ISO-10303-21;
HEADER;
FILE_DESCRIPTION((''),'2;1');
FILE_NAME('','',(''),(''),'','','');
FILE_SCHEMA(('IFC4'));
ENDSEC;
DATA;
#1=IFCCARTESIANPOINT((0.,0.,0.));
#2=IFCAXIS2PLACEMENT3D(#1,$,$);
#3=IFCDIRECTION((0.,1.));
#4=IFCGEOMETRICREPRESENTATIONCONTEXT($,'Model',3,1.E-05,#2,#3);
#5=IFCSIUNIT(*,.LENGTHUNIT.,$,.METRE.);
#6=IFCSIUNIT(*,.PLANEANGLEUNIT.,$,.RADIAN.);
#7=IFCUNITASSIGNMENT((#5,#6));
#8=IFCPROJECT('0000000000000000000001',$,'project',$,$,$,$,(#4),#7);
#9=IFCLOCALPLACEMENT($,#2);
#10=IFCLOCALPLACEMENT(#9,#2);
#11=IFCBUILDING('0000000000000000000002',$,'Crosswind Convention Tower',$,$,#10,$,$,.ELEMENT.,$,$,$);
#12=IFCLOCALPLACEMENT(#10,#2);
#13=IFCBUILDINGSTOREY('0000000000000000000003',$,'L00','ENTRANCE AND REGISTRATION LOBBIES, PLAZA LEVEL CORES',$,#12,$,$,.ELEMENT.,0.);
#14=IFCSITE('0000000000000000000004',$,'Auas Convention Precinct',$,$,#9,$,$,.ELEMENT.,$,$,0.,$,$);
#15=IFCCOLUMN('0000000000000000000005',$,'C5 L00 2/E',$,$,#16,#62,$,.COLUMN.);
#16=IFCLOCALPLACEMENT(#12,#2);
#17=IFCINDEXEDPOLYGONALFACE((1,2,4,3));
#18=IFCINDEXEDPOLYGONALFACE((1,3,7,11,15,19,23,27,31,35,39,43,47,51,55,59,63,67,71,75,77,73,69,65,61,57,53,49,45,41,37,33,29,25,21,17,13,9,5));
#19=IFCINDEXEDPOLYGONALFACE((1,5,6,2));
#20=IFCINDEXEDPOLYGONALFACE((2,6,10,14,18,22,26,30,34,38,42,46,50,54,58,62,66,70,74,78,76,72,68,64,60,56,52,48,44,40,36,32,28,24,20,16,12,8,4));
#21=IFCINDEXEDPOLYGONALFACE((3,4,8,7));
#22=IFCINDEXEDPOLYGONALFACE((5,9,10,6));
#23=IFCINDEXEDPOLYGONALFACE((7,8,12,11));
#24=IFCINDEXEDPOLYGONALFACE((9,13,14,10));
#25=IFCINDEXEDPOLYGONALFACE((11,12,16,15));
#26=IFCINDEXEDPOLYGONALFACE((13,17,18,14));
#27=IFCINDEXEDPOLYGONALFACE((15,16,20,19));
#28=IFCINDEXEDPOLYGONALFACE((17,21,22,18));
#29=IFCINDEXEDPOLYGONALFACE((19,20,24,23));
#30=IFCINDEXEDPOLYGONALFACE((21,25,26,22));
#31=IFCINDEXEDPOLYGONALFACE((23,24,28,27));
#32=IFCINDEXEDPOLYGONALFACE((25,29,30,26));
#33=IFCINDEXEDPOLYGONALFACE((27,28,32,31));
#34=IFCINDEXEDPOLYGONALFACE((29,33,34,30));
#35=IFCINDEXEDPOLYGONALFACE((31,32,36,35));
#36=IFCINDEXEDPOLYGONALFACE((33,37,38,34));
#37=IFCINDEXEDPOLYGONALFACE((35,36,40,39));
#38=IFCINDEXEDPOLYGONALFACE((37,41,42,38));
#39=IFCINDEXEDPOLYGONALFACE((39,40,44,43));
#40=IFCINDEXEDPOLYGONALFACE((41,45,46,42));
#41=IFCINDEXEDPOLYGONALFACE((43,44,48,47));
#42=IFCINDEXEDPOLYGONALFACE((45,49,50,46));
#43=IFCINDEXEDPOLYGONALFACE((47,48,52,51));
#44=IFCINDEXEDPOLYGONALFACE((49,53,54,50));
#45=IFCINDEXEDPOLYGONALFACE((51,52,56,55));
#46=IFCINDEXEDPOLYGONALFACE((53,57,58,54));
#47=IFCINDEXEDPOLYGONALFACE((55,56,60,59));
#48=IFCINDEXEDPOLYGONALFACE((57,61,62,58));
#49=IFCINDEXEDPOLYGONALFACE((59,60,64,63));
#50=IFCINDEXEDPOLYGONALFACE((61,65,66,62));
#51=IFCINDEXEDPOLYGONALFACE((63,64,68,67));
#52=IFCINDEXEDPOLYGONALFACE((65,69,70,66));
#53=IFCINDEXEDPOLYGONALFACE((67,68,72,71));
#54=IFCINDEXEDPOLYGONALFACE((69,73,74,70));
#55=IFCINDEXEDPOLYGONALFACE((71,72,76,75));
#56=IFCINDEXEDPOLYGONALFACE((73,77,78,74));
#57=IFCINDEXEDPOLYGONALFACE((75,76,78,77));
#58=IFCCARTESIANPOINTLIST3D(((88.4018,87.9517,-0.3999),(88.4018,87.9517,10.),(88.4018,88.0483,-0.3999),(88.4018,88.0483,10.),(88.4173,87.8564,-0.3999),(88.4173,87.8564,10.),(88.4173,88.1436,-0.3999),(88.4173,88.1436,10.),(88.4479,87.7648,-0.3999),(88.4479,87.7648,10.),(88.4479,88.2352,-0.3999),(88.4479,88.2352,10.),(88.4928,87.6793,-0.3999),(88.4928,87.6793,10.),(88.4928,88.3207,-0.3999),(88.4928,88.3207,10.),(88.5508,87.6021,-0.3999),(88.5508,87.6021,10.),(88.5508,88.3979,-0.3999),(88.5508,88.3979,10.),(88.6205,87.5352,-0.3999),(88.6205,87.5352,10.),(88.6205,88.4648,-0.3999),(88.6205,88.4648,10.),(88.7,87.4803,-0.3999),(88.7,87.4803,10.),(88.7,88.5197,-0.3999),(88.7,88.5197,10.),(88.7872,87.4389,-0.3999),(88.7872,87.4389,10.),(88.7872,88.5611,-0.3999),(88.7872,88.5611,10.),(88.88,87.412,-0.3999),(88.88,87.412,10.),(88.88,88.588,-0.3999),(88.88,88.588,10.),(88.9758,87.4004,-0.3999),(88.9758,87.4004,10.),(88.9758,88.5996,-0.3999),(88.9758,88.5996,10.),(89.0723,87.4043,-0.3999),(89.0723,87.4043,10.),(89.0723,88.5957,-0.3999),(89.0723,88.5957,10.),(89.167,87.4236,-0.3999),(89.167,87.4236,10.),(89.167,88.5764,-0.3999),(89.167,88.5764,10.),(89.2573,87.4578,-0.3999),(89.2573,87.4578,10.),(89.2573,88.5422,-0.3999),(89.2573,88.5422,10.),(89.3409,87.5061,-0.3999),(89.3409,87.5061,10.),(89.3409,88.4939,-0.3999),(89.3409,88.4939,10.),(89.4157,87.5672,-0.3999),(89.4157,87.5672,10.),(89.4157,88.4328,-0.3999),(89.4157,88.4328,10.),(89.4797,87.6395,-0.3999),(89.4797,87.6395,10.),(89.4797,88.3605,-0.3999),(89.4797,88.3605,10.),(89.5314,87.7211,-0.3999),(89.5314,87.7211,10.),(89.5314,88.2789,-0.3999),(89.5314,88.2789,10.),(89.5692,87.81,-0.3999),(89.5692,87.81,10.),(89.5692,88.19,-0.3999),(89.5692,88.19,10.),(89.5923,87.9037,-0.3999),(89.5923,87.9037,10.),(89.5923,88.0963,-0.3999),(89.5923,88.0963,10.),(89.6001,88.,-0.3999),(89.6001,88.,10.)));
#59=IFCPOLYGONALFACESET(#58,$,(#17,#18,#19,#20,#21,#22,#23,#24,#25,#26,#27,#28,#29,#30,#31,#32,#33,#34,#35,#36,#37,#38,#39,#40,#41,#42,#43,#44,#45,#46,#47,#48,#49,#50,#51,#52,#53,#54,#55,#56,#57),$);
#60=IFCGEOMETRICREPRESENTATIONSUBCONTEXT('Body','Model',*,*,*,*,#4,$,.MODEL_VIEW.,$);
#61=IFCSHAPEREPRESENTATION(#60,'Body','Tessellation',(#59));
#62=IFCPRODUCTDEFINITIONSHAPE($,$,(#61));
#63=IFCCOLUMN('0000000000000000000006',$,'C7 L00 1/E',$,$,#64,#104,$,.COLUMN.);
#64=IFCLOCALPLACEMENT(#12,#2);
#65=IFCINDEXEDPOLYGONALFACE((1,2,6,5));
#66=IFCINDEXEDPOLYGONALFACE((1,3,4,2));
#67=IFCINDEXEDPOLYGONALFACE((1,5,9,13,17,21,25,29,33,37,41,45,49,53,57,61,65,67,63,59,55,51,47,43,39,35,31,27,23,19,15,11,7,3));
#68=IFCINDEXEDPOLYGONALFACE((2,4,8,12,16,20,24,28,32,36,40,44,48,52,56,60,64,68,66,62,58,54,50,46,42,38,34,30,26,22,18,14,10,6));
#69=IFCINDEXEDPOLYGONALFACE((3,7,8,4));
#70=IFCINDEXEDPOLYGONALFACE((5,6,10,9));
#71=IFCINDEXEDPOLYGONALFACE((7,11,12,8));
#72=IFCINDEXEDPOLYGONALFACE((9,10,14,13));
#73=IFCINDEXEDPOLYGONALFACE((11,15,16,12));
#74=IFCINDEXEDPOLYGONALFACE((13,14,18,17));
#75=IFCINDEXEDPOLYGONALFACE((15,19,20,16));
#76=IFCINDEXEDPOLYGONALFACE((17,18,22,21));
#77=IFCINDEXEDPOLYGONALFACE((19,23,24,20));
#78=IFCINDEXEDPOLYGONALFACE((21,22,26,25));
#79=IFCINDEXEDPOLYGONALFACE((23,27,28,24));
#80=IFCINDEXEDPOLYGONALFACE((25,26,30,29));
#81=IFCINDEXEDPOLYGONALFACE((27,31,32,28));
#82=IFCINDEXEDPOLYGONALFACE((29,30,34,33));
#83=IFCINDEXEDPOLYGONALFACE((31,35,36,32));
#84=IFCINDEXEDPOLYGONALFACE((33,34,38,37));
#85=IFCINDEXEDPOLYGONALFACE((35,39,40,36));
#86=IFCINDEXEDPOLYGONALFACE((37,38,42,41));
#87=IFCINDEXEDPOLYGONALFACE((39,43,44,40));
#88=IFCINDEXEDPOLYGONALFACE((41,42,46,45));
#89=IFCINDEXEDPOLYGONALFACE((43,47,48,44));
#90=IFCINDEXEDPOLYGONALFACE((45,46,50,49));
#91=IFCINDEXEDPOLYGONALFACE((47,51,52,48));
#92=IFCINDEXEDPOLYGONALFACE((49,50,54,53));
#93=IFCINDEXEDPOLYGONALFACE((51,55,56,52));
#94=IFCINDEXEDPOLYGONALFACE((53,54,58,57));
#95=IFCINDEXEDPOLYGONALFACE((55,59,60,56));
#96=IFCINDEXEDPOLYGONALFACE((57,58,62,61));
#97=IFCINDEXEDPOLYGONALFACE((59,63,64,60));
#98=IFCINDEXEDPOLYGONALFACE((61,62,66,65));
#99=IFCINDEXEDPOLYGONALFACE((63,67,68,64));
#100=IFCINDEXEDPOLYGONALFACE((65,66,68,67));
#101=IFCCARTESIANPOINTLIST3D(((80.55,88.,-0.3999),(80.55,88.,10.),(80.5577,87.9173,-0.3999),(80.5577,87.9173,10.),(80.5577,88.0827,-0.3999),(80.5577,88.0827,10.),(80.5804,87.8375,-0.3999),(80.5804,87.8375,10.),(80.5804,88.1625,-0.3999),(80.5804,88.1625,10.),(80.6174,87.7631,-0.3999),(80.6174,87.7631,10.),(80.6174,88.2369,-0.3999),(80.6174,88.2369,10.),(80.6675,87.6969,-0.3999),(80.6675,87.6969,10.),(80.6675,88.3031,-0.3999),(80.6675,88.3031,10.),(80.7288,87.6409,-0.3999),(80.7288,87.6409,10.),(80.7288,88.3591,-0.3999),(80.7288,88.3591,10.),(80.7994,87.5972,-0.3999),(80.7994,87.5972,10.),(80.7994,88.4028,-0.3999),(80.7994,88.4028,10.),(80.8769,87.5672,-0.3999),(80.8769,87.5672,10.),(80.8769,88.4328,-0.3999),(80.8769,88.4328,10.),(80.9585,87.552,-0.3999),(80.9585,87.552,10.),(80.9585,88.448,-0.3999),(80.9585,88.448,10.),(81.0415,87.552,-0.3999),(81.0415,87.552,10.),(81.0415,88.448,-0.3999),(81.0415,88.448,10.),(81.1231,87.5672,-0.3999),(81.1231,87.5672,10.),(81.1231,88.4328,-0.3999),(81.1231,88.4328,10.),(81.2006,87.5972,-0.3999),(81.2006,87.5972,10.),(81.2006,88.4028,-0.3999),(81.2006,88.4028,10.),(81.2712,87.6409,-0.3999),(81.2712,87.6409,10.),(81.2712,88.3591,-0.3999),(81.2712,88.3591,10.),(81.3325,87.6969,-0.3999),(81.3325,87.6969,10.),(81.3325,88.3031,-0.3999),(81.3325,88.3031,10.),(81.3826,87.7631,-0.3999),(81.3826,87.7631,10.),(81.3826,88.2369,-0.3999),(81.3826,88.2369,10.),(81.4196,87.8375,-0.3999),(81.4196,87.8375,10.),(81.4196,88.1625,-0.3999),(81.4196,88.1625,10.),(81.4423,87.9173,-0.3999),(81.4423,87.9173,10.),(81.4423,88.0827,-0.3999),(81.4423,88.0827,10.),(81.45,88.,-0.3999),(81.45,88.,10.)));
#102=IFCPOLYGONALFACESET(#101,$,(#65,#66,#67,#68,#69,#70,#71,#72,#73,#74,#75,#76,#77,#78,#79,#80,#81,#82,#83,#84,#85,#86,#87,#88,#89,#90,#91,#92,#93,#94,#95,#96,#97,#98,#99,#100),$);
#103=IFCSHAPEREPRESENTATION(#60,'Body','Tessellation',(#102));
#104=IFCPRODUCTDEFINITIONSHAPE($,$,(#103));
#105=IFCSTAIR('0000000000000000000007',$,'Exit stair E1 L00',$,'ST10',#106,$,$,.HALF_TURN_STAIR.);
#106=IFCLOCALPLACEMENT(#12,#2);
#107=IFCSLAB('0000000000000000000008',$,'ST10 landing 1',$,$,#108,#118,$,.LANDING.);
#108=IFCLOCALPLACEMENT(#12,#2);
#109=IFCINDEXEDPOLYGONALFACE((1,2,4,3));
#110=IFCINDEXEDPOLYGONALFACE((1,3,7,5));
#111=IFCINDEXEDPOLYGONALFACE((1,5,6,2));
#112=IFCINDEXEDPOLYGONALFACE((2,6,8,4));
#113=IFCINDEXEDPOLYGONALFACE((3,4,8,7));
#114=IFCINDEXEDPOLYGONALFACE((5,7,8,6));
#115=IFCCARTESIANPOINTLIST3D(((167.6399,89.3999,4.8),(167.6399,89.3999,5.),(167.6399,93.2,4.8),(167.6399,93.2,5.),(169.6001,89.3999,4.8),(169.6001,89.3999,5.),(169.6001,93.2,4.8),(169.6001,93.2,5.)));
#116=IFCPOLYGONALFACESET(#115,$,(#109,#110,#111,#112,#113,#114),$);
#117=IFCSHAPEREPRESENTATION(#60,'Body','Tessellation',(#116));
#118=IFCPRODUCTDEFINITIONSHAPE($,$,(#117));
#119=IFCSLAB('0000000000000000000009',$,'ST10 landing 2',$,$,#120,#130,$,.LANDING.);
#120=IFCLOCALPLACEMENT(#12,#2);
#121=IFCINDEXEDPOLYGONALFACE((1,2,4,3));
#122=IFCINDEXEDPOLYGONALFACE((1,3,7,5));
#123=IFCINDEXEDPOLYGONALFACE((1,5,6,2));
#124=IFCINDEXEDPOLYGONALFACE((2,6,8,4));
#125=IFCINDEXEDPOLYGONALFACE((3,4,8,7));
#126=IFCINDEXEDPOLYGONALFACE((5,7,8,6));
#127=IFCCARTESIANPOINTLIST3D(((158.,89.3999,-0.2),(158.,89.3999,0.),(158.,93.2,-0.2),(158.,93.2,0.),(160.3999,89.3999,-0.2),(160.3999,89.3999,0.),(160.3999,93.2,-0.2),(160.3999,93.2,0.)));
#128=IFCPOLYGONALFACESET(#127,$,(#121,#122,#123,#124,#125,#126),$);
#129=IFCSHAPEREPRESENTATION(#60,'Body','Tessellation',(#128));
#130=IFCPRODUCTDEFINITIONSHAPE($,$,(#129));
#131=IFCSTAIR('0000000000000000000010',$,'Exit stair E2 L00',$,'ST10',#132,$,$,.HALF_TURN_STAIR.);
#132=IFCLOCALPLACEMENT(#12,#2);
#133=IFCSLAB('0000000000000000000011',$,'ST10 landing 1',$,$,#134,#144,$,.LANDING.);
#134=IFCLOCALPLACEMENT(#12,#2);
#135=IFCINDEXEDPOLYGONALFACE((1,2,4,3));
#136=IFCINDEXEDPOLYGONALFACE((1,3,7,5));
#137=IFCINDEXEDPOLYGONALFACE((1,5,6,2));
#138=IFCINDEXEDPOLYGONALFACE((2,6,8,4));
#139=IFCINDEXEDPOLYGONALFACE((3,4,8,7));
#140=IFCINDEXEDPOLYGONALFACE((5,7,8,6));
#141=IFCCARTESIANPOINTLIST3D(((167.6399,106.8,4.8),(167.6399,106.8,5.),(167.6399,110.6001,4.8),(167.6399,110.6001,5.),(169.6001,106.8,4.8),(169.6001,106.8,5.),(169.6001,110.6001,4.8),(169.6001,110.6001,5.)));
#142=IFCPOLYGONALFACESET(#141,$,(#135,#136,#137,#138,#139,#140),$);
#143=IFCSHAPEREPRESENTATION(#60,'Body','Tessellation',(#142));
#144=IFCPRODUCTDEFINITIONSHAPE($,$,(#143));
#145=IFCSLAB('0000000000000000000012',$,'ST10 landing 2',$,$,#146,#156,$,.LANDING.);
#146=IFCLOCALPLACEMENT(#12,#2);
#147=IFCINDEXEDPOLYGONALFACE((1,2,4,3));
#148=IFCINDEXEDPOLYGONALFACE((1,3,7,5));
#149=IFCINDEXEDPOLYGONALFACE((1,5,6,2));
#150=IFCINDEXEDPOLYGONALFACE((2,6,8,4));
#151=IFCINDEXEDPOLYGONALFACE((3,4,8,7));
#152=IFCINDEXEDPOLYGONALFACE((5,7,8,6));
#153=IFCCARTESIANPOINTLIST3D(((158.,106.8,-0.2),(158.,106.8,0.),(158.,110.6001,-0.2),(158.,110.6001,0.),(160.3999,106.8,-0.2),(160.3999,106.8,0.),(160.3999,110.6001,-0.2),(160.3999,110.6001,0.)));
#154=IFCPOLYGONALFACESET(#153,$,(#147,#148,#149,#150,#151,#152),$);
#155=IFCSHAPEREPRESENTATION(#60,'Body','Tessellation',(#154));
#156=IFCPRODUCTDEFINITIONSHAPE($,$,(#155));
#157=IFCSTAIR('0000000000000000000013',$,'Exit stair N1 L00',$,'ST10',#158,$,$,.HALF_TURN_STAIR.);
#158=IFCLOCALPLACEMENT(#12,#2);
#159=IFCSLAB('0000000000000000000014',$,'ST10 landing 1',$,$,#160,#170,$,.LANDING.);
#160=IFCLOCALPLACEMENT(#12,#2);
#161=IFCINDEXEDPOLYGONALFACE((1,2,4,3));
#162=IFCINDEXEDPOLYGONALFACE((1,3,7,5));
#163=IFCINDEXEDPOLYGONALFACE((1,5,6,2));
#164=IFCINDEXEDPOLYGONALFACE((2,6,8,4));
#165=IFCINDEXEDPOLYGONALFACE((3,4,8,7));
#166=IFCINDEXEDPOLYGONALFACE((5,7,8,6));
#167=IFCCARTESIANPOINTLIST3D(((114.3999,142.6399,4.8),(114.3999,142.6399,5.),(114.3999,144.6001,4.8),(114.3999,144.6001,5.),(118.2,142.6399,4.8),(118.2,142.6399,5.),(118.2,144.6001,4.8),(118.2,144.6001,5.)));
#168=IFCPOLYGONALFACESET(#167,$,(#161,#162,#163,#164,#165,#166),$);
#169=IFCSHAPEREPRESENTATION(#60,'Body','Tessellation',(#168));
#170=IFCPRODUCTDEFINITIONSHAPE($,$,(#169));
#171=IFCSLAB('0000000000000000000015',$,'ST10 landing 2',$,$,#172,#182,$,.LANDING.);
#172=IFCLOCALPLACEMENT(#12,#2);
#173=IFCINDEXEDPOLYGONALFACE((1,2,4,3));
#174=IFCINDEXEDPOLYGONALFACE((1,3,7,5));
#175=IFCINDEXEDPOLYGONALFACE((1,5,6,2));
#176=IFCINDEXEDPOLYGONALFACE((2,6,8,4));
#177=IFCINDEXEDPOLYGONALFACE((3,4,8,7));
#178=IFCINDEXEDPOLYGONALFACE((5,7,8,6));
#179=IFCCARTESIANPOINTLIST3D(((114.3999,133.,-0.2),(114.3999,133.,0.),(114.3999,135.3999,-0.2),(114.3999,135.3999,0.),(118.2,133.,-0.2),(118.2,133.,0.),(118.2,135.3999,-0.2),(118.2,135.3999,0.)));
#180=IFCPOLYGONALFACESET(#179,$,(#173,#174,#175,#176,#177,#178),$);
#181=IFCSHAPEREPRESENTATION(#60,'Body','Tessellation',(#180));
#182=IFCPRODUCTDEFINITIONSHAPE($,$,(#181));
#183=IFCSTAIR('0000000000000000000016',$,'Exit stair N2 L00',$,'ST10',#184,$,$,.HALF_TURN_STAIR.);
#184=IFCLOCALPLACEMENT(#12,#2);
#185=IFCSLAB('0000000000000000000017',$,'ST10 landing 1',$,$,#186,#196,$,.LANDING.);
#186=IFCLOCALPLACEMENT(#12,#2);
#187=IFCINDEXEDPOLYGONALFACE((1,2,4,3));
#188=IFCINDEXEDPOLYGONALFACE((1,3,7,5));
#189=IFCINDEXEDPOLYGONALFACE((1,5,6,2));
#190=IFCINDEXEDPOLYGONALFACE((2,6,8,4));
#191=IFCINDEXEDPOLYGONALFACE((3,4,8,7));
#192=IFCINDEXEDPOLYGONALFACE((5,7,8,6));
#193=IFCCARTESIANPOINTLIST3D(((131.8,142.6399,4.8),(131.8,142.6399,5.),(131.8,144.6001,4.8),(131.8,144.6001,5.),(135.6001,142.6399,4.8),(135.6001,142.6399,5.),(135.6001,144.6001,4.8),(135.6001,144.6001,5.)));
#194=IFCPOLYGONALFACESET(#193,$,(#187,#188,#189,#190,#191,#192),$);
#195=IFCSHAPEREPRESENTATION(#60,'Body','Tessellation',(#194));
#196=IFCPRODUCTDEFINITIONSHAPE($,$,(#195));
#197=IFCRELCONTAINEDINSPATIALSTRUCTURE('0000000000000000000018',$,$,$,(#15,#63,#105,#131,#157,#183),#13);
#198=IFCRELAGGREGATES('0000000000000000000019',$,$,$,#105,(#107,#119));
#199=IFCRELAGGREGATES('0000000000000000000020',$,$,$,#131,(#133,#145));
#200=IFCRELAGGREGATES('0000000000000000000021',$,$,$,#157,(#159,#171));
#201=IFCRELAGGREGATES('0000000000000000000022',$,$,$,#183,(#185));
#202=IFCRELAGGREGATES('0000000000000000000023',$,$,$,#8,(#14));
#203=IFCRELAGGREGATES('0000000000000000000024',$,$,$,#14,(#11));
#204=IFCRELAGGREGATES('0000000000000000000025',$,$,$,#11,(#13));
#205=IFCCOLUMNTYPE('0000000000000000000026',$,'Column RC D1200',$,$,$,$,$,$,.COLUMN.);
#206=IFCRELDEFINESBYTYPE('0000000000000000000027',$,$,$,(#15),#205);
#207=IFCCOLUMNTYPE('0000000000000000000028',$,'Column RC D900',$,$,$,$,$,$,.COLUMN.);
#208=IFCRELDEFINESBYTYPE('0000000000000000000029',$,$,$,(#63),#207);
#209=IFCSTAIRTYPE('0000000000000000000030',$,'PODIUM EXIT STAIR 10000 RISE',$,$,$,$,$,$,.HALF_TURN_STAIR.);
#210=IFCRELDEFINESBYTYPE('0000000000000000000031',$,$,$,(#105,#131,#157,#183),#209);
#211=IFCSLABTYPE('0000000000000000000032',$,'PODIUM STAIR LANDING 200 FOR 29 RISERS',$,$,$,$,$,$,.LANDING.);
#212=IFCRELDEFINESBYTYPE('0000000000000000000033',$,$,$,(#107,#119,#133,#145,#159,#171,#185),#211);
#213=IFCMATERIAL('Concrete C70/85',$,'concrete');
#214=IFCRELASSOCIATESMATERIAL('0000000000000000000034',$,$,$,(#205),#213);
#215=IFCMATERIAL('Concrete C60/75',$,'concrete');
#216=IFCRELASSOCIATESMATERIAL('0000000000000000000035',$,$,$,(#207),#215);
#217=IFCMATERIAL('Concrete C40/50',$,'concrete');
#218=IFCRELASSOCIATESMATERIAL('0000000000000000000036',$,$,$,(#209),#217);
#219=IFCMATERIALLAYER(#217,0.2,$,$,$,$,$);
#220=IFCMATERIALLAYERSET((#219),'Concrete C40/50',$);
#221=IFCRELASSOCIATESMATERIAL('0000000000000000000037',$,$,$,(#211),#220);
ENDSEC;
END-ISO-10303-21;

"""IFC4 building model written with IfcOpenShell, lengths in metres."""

from ifc_helpers import new_model, si_unit, direction, frame, origin, origin_2d, place, context, subcontext, project, spatial, polyline, circle, outline, extrude, material, layer, layer_set, material_profile, profile_set, type_object, element, aggregate, save


model = new_model("IFC4")

# Units and contexts
model_context = context("Model", 3, precision=1e-05, world=origin(), true_north=direction((0.0, 1.0)))
body_context = subcontext(model_context, "Body", "Model", "MODEL_VIEW")
ifc_project = project(units=[si_unit("LENGTHUNIT", "METRE"), si_unit("PLANEANGLEUNIT", "RADIAN")], contexts=[model_context])

# Site, building, storey
site_placement = place(None, origin())
site = spatial("IfcSite", under=ifc_project, at=site_placement, Name="Auas Convention Precinct", CompositionType="ELEMENT", RefElevation=0.0)
building_placement = place(site_placement, origin())
building = spatial("IfcBuilding", under=site, at=building_placement, Name="Crosswind Convention Tower", CompositionType="ELEMENT")
storey_placement = place(building_placement, origin())
storey = spatial("IfcBuildingStorey", under=building, at=storey_placement, Name="L00", Description="ENTRANCE AND REGISTRATION LOBBIES, PLAZA LEVEL CORES", CompositionType="ELEMENT", Elevation=0.0)

# Shared definitions
ifc_material_1 = material(Name="Concrete C40/50", Category="concrete")

# Columns
ifc_material_2 = material(Name="Concrete C70/85", Category="concrete")
ifc_material_profile_1 = material_profile(ifc_material_2, circle(Radius=0.6001, at=origin_2d()), Name="RC D1200")
ifc_profile_set_1 = profile_set([ifc_material_profile_1], Name="Concrete C70/85")
column_type_1 = type_object("IfcColumnType", Name="Column RC D1200", PredefinedType="COLUMN", material=ifc_profile_set_1)
column_1_placement = place(storey_placement, frame((89.0, 88.0, -0.3999), z_axis=(0.0, 0.0, 1.0), x_axis=(1.0, 0.0, 0.0)))
element("IfcColumn", 1, at=column_1_placement, inside=storey, type_object=column_type_1, Name="C5 L00 2/E", PredefinedType="COLUMN", context=body_context, shape_type="SweptSolid", body=[
    extrude(circle(Radius=0.6001, at=origin_2d()), origin(), (0.0, 0.0, 1.0), 10.3999),
])
ifc_material_3 = material(Name="Concrete C60/75", Category="concrete")
ifc_material_profile_2 = material_profile(ifc_material_3, circle(Radius=0.45, at=origin_2d()), Name="RC D900")
ifc_profile_set_2 = profile_set([ifc_material_profile_2], Name="Concrete C60/75")
column_type_2 = type_object("IfcColumnType", Name="Column RC D900", PredefinedType="COLUMN", material=ifc_profile_set_2)
column_2_placement = place(storey_placement, frame((81.0, 88.0, -0.3999), z_axis=(0.0, 0.0, 1.0), x_axis=(1.0, 0.0, 0.0)))
element("IfcColumn", 2, at=column_2_placement, inside=storey, type_object=column_type_2, Name="C7 L00 1/E", PredefinedType="COLUMN", context=body_context, shape_type="SweptSolid", body=[
    extrude(circle(Radius=0.45, at=origin_2d()), origin(), (0.0, 0.0, 1.0), 10.3999),
])

# Stairs, slabs
stair_type = type_object("IfcStairType", Name="PODIUM EXIT STAIR 10000 RISE", PredefinedType="HALF_TURN_STAIR", material=ifc_material_1)
stair_1_placement = place(storey_placement, origin())
stair_1 = element("IfcStair", 3, at=stair_1_placement, inside=storey, type_object=stair_type, Name="Exit stair E1 L00", ObjectType="ST10", PredefinedType="HALF_TURN_STAIR")
ifc_layer_1 = layer(ifc_material_1, 0.2)
ifc_layer_set_1 = layer_set([ifc_layer_1], Name="Concrete C40/50")
slab_type = type_object("IfcSlabType", Name="PODIUM STAIR LANDING 200 FOR 29 RISERS", PredefinedType="LANDING", material=ifc_layer_set_1)
slab_1_placement = place(storey_placement, frame((0.0, 0.0, 4.8)))
slab_1 = element("IfcSlab", 4, at=slab_1_placement, type_object=slab_type, Name="ST10 landing 1", PredefinedType="LANDING", context=body_context, shape_type="SweptSolid", body=[
    extrude(outline(polyline([(167.6399, 89.3999), (169.6001, 89.3999), (169.6001, 93.2), (167.6399, 93.2), (167.6399, 89.3999)])), origin(), (0.0, 0.0, 1.0), 0.2),
])
slab_2_placement = place(storey_placement, frame((0.0, 0.0, -0.2)))
slab_2 = element("IfcSlab", 5, at=slab_2_placement, type_object=slab_type, Name="ST10 landing 2", PredefinedType="LANDING", context=body_context, shape_type="SweptSolid", body=[
    extrude(outline(polyline([(158.0, 89.3999), (160.3999, 89.3999), (160.3999, 93.2), (158.0, 93.2), (158.0, 89.3999)])), origin(), (0.0, 0.0, 1.0), 0.2),
])
aggregate(stair_1, [slab_1, slab_2])
stair_2_placement = place(storey_placement, origin())
stair_2 = element("IfcStair", 6, at=stair_2_placement, inside=storey, type_object=stair_type, Name="Exit stair E2 L00", ObjectType="ST10", PredefinedType="HALF_TURN_STAIR")
slab_3_placement = place(storey_placement, frame((0.0, 0.0, 4.8)))
slab_3 = element("IfcSlab", 7, at=slab_3_placement, type_object=slab_type, Name="ST10 landing 1", PredefinedType="LANDING", context=body_context, shape_type="SweptSolid", body=[
    extrude(outline(polyline([(167.6399, 106.8), (169.6001, 106.8), (169.6001, 110.6001), (167.6399, 110.6001), (167.6399, 106.8)])), origin(), (0.0, 0.0, 1.0), 0.2),
])
slab_4_placement = place(storey_placement, frame((0.0, 0.0, -0.2)))
slab_4 = element("IfcSlab", 8, at=slab_4_placement, type_object=slab_type, Name="ST10 landing 2", PredefinedType="LANDING", context=body_context, shape_type="SweptSolid", body=[
    extrude(outline(polyline([(158.0, 106.8), (160.3999, 106.8), (160.3999, 110.6001), (158.0, 110.6001), (158.0, 106.8)])), origin(), (0.0, 0.0, 1.0), 0.2),
])
aggregate(stair_2, [slab_3, slab_4])
stair_3_placement = place(storey_placement, origin())
stair_3 = element("IfcStair", 9, at=stair_3_placement, inside=storey, type_object=stair_type, Name="Exit stair N1 L00", ObjectType="ST10", PredefinedType="HALF_TURN_STAIR")
slab_5_placement = place(storey_placement, frame((0.0, 0.0, 4.8)))
slab_5 = element("IfcSlab", 10, at=slab_5_placement, type_object=slab_type, Name="ST10 landing 1", PredefinedType="LANDING", context=body_context, shape_type="SweptSolid", body=[
    extrude(outline(polyline([(118.2, 142.6399), (118.2, 144.6001), (114.3999, 144.6001), (114.3999, 142.6399), (118.2, 142.6399)])), origin(), (0.0, 0.0, 1.0), 0.2),
])
slab_6_placement = place(storey_placement, frame((0.0, 0.0, -0.2)))
slab_6 = element("IfcSlab", 11, at=slab_6_placement, type_object=slab_type, Name="ST10 landing 2", PredefinedType="LANDING", context=body_context, shape_type="SweptSolid", body=[
    extrude(outline(polyline([(118.2, 133.0), (118.2, 135.3999), (114.3999, 135.3999), (114.3999, 133.0), (118.2, 133.0)])), origin(), (0.0, 0.0, 1.0), 0.2),
])
aggregate(stair_3, [slab_5, slab_6])
stair_4_placement = place(storey_placement, origin())
stair_4 = element("IfcStair", 12, at=stair_4_placement, inside=storey, type_object=stair_type, Name="Exit stair N2 L00", ObjectType="ST10", PredefinedType="HALF_TURN_STAIR")
slab_7_placement = place(storey_placement, frame((0.0, 0.0, 4.8)))
slab_7 = element("IfcSlab", 13, at=slab_7_placement, type_object=slab_type, Name="ST10 landing 1", PredefinedType="LANDING", context=body_context, shape_type="SweptSolid", body=[
    extrude(outline(polyline([(135.6001, 142.6399), (135.6001, 144.6001), (131.8, 144.6001), (131.8, 142.6399), (135.6001, 142.6399)])), origin(), (0.0, 0.0, 1.0), 0.2),
])
aggregate(stair_4, [slab_7])

save(model, "model.ifc")
